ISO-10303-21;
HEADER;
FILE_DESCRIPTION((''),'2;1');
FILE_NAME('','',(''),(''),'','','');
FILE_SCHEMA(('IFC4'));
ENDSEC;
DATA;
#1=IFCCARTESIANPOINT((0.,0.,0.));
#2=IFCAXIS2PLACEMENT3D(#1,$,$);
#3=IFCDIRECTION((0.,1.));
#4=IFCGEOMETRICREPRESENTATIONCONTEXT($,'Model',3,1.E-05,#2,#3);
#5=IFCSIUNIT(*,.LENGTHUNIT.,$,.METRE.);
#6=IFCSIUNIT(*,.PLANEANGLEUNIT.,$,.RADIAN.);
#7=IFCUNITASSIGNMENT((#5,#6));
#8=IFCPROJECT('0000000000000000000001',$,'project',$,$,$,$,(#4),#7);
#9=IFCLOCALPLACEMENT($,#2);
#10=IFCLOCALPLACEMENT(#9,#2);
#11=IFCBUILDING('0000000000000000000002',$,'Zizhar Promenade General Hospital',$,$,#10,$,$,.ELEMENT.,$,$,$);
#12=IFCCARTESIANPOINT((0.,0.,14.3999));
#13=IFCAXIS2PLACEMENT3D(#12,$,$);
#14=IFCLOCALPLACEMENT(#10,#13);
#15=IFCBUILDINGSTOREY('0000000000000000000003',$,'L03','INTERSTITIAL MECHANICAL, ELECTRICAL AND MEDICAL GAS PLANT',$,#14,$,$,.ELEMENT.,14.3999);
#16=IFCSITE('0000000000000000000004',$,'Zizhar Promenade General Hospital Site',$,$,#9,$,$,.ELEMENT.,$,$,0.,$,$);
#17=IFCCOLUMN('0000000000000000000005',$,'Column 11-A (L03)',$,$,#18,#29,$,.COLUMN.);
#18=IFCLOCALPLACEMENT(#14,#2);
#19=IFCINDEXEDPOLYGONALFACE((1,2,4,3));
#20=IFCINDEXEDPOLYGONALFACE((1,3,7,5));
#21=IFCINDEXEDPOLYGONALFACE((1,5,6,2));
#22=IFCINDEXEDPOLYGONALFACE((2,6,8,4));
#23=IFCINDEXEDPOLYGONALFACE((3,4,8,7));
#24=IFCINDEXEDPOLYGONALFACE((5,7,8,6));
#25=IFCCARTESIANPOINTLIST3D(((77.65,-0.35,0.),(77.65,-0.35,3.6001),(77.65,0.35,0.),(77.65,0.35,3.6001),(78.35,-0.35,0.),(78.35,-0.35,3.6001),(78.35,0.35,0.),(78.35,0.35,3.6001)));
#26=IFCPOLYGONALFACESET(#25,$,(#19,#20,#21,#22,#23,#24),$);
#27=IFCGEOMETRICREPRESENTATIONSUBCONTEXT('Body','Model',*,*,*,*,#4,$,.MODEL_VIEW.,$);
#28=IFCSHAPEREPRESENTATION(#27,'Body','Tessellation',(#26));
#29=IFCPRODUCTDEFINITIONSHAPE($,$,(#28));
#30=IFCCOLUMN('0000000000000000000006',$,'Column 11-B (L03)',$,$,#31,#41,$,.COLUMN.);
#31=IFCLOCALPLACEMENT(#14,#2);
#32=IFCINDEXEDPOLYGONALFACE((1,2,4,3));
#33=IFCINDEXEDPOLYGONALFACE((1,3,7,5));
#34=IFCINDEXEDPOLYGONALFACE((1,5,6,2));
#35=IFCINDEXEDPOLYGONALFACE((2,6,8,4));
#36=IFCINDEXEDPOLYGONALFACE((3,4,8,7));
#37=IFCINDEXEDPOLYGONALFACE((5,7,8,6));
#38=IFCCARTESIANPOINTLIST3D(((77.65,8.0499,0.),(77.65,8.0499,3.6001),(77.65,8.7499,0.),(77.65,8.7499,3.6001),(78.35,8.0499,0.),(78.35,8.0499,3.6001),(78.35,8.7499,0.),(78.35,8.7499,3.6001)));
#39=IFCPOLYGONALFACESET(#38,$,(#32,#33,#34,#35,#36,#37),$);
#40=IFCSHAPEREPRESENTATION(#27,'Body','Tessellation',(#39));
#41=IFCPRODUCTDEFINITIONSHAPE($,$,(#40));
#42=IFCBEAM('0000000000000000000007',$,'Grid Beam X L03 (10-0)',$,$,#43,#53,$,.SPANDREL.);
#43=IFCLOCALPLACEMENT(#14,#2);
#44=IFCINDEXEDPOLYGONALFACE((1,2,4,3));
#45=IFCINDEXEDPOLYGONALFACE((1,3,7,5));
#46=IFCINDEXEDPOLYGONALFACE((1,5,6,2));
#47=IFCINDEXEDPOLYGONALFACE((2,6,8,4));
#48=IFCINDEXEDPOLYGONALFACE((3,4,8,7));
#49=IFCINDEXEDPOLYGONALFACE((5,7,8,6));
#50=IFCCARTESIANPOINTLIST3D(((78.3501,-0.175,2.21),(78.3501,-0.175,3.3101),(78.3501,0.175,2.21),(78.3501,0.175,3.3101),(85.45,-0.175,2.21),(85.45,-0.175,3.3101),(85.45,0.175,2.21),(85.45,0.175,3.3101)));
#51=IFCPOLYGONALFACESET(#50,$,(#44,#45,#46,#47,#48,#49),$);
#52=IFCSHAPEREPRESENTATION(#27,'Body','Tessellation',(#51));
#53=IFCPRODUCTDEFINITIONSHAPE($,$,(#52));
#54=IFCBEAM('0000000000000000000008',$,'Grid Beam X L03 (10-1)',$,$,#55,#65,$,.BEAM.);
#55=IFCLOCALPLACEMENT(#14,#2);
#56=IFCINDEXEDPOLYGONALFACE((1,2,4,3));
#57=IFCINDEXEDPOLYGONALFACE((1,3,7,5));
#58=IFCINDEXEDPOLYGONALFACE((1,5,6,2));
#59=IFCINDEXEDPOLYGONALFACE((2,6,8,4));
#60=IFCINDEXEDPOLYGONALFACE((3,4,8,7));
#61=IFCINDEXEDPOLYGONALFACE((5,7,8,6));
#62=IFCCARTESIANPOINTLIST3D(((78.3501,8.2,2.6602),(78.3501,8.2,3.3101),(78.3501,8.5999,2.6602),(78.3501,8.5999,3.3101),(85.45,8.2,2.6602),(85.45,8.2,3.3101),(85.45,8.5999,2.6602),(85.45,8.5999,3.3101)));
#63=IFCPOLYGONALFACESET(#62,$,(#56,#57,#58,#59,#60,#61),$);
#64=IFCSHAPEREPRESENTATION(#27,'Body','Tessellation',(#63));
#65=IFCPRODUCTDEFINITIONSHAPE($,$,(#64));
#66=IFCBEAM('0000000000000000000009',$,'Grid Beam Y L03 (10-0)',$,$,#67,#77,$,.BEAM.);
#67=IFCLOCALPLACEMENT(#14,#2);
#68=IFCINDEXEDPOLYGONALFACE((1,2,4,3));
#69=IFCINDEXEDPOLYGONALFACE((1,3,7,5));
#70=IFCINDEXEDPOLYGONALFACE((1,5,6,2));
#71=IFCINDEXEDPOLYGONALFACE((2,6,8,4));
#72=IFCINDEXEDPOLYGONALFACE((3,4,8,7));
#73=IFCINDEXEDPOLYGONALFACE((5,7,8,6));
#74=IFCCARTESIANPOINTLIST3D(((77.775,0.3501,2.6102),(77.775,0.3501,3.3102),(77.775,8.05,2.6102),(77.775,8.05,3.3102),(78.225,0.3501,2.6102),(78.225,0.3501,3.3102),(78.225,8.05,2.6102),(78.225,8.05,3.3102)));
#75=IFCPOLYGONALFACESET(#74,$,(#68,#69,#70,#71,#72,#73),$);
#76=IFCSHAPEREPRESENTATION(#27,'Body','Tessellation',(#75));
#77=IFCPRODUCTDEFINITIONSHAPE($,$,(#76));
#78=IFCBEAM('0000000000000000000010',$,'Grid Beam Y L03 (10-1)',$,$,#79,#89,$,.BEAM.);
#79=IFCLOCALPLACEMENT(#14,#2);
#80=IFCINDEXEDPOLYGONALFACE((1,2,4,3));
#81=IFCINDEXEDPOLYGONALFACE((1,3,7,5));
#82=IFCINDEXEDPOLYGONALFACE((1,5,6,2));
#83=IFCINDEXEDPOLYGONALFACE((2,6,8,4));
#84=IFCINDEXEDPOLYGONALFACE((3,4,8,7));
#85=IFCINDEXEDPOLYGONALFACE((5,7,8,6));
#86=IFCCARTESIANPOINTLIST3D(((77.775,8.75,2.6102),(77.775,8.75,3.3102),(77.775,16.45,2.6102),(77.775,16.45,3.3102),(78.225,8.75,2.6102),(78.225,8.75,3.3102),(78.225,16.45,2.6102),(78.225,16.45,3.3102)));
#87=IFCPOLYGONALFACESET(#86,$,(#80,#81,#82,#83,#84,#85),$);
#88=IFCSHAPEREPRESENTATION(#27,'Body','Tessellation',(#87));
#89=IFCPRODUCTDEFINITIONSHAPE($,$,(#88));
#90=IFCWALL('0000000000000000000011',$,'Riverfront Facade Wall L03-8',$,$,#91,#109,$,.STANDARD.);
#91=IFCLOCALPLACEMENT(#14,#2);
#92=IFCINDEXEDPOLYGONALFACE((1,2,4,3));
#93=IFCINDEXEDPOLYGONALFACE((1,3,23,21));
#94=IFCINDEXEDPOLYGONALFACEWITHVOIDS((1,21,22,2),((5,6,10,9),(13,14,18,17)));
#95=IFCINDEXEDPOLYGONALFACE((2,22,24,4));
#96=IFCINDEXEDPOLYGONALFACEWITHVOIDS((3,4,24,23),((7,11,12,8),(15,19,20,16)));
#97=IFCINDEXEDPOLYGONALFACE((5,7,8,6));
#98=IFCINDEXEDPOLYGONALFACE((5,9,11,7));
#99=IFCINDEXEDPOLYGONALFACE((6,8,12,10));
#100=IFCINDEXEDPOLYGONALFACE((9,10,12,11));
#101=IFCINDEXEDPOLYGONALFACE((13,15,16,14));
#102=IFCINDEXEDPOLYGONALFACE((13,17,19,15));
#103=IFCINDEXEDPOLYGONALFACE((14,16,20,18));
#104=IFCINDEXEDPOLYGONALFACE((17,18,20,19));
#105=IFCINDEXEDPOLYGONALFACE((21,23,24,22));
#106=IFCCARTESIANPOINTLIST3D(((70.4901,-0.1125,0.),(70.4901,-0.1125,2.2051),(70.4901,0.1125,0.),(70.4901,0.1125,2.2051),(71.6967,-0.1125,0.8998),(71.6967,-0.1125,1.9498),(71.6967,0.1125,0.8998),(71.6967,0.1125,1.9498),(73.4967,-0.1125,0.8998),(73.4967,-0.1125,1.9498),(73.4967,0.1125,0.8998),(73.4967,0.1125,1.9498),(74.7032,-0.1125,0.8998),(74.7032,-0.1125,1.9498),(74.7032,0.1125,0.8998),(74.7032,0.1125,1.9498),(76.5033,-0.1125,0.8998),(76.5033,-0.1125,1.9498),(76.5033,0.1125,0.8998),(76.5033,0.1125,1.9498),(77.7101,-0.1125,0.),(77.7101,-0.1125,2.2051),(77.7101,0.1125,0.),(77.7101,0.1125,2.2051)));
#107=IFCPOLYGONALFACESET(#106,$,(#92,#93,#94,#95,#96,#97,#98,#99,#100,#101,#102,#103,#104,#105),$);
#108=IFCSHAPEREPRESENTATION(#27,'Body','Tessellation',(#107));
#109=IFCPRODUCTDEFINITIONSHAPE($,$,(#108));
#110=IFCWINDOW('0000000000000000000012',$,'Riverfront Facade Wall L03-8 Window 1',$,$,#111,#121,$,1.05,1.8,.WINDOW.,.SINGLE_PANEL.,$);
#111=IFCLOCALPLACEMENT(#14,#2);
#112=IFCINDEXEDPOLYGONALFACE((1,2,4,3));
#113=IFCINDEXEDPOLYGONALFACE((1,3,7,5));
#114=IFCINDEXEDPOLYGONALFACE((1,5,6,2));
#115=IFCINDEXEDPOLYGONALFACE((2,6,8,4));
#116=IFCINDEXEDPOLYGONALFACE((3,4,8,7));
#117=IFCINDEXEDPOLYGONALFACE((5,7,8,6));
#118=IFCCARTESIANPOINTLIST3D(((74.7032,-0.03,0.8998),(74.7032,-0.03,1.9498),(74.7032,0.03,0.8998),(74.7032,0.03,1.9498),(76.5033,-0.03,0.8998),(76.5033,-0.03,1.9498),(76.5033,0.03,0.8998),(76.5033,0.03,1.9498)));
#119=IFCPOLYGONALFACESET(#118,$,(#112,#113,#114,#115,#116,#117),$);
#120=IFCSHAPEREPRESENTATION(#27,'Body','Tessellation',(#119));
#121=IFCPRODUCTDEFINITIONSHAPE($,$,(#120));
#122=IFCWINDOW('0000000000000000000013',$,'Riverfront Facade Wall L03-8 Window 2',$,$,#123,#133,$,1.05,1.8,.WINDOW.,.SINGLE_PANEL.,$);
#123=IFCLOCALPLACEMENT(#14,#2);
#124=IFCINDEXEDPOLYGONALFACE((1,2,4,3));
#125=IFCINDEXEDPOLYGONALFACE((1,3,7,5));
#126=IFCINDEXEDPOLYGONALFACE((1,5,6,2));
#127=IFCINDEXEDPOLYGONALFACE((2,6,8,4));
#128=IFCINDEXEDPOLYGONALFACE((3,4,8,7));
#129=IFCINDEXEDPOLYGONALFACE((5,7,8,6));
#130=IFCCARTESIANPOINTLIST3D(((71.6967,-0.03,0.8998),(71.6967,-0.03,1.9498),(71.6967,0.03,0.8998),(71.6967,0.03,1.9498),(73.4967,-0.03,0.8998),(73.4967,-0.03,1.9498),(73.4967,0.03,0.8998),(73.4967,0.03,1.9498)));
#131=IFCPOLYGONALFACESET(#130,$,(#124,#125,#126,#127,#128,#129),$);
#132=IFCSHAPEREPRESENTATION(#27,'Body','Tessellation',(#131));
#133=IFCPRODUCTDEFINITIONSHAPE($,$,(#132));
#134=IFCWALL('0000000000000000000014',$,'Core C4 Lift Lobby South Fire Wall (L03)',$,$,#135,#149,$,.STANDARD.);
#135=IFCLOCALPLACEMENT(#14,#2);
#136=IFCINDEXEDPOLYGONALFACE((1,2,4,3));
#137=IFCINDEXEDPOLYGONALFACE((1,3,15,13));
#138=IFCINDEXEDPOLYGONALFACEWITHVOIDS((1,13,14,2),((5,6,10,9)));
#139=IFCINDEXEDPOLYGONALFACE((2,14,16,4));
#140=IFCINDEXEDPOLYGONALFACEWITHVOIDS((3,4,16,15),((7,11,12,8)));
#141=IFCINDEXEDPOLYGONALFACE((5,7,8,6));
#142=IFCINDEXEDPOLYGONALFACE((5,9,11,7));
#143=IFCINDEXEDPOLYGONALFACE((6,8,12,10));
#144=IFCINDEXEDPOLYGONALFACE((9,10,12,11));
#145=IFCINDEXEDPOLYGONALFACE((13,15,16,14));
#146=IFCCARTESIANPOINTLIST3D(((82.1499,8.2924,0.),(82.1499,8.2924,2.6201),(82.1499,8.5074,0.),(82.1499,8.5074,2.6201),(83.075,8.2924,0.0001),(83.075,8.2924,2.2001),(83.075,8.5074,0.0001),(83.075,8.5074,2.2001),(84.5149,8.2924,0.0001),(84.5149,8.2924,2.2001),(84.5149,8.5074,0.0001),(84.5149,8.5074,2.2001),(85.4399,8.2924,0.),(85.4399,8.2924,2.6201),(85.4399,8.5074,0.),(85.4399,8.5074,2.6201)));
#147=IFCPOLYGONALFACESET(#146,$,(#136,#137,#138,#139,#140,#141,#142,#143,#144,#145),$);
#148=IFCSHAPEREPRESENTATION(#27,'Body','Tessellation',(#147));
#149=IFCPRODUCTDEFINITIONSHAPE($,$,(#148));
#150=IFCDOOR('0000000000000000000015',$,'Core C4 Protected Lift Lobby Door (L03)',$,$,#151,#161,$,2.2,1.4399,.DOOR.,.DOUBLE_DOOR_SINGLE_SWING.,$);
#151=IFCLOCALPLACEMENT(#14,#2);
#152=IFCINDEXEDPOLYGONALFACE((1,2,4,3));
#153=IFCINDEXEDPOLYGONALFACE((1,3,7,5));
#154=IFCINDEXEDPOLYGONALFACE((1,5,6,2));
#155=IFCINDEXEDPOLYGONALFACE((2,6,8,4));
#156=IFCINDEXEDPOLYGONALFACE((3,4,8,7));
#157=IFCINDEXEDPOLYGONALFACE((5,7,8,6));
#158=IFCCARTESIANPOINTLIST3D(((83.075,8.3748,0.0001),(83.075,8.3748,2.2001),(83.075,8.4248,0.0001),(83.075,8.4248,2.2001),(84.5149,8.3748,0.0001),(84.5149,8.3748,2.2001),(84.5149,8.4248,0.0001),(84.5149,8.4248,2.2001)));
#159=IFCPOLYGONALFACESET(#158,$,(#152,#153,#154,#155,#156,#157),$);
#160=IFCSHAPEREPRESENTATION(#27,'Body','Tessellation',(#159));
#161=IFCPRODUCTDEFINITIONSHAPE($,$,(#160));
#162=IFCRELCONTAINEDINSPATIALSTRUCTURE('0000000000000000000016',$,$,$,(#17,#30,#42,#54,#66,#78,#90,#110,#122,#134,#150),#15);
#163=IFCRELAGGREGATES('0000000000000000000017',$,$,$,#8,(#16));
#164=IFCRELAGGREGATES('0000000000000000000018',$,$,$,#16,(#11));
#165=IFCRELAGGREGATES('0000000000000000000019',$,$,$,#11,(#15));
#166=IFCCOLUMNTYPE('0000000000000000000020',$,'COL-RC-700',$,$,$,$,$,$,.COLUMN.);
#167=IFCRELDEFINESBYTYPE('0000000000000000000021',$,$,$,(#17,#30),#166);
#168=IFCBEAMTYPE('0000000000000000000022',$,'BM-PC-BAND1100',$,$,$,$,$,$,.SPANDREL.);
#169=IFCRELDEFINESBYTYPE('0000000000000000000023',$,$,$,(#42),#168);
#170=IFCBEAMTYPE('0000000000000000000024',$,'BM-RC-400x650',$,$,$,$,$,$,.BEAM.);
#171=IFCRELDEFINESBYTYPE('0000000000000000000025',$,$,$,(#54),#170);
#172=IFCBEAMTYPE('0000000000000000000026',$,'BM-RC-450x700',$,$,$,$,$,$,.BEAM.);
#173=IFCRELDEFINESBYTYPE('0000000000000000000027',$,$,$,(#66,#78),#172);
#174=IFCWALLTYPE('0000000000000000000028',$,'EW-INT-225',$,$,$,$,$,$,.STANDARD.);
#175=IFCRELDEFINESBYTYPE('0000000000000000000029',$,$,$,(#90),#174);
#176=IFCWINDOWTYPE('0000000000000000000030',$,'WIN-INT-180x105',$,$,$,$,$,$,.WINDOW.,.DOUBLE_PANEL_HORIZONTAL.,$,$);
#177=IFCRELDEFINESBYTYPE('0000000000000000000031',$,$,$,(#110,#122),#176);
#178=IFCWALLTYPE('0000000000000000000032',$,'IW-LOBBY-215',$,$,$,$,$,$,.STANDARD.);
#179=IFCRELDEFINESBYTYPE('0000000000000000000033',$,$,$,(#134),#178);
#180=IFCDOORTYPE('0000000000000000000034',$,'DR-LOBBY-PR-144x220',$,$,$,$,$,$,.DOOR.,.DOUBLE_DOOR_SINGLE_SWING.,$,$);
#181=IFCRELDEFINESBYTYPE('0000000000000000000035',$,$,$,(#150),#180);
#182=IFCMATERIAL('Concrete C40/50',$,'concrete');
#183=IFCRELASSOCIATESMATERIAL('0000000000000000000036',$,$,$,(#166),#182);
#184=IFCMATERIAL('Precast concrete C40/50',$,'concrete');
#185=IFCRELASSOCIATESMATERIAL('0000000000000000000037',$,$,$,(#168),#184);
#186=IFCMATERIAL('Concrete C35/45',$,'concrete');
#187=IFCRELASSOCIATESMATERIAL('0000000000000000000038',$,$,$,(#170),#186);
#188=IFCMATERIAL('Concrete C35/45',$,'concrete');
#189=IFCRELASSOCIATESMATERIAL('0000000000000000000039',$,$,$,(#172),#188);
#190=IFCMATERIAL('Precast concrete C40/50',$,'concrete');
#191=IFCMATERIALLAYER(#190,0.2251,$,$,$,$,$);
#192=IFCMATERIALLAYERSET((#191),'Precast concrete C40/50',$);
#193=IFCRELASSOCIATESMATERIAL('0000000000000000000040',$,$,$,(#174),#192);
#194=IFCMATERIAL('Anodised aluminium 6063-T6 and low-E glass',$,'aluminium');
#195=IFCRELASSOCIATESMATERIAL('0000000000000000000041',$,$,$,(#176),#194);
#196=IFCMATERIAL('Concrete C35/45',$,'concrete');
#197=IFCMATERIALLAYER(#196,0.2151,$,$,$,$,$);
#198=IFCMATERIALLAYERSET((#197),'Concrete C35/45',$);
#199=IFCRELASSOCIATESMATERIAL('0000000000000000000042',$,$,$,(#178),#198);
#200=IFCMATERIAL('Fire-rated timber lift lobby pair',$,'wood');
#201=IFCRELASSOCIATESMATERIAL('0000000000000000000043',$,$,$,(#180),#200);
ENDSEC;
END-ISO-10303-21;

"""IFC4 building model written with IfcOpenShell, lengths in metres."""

from ifc_helpers import new_model, si_unit, direction, frame, frame_2d, origin, origin_2d, place, context, subcontext, project, spatial, rectangle, extrude, material, layer, layer_set, material_profile, profile_set, type_object, element, fill, save


model = new_model("IFC4")

# Units and contexts
model_context = context("Model", 3, precision=1e-05, world=origin(), true_north=direction((0.0, 1.0)))
body_context = subcontext(model_context, "Body", "Model", "MODEL_VIEW")
ifc_project = project(units=[si_unit("LENGTHUNIT", "METRE"), si_unit("PLANEANGLEUNIT", "RADIAN")], contexts=[model_context])

# Site, building, storey
site_placement = place(None, origin())
site = spatial("IfcSite", under=ifc_project, at=site_placement, Name="Zizhar Promenade General Hospital Site", CompositionType="ELEMENT", RefElevation=0.0)
building_placement = place(site_placement, origin())
building = spatial("IfcBuilding", under=site, at=building_placement, Name="Zizhar Promenade General Hospital", CompositionType="ELEMENT")
storey_placement = place(building_placement, frame((0.0, 0.0, 14.3999)))
storey = spatial("IfcBuildingStorey", under=building, at=storey_placement, Name="L03", Description="INTERSTITIAL MECHANICAL, ELECTRICAL AND MEDICAL GAS PLANT", CompositionType="ELEMENT", Elevation=14.3999)

# Columns
ifc_material_1 = material(Name="Concrete C40/50", Category="concrete")
ifc_material_profile_1 = material_profile(ifc_material_1, rectangle(XDim=0.7, YDim=0.7, at=origin_2d()))
ifc_profile_set_1 = profile_set([ifc_material_profile_1], Name="Concrete C40/50")
column_type = type_object("IfcColumnType", Name="COL-RC-700", PredefinedType="COLUMN", material=ifc_profile_set_1)
for number, where, z_axis, x_axis, name in (
    (1, (78.0, 0.0, 0.0), (0.0, 0.0, 1.0), (1.0, 0.0, 0.0), "Column 11-A (L03)"),
    (2, (78.0, 8.3999, 0.0), (0.0, 0.0, 1.0), (1.0, 0.0, 0.0), "Column 11-B (L03)"),
):
    element("IfcColumn", number, at=place(storey_placement, frame(where, z_axis=z_axis, x_axis=x_axis)), inside=storey, type_object=column_type, Name=name, PredefinedType="COLUMN", context=body_context, shape_type="SweptSolid", body=[
        extrude(rectangle(XDim=0.7, YDim=0.7, at=origin_2d()), origin(), (0.0, 0.0, 1.0), 3.6001),
    ])

# Beams
ifc_material_2 = material(Name="Precast concrete C40/50", Category="concrete")
ifc_material_profile_2 = material_profile(ifc_material_2, rectangle(XDim=0.3501, YDim=1.1001, at=origin_2d()))
ifc_profile_set_2 = profile_set([ifc_material_profile_2], Name="Precast concrete C40/50")
beam_type_1 = type_object("IfcBeamType", Name="BM-PC-BAND1100", PredefinedType="SPANDREL", material=ifc_profile_set_2)
beam_1_placement = place(storey_placement, frame((78.3501, 0.0, 2.76), z_axis=(1.0, 0.0, 0.0), x_axis=(0.0, 1.0, 0.0)))
element("IfcBeam", 3, at=beam_1_placement, inside=storey, type_object=beam_type_1, Name="Grid Beam X L03 (10-0)", PredefinedType="SPANDREL", context=body_context, shape_type="SweptSolid", body=[
    extrude(rectangle(XDim=0.3501, YDim=1.1001, at=origin_2d()), origin(), (0.0, 0.0, 1.0), 7.0999),
])
ifc_material_3 = material(Name="Concrete C35/45", Category="concrete")
ifc_material_profile_3 = material_profile(ifc_material_3, rectangle(XDim=0.3999, YDim=0.6499, at=origin_2d()))
ifc_profile_set_3 = profile_set([ifc_material_profile_3], Name="Concrete C35/45")
beam_type_2 = type_object("IfcBeamType", Name="BM-RC-400x650", PredefinedType="BEAM", material=ifc_profile_set_3)
beam_2_placement = place(storey_placement, frame((78.3501, 8.3999, 2.9851), z_axis=(1.0, 0.0, 0.0), x_axis=(0.0, 1.0, 0.0)))
element("IfcBeam", 4, at=beam_2_placement, inside=storey, type_object=beam_type_2, Name="Grid Beam X L03 (10-1)", PredefinedType="BEAM", context=body_context, shape_type="SweptSolid", body=[
    extrude(rectangle(XDim=0.3999, YDim=0.6499, at=origin_2d()), origin(), (0.0, 0.0, 1.0), 7.0999),
])
ifc_material_4 = material(Name="Concrete C35/45", Category="concrete")
ifc_material_profile_4 = material_profile(ifc_material_4, rectangle(XDim=0.45, YDim=0.7, at=origin_2d()))
ifc_profile_set_4 = profile_set([ifc_material_profile_4], Name="Concrete C35/45")
beam_type_3 = type_object("IfcBeamType", Name="BM-RC-450x700", PredefinedType="BEAM", material=ifc_profile_set_4)
for number, where, z_axis, x_axis, name in (
    (5, (78.0, 0.3501, 2.9602), (0.0, 1.0, 0.0), (-1.0, 0.0, 0.0), "Grid Beam Y L03 (10-0)"),
    (6, (78.0, 8.75, 2.9602), (0.0, 1.0, 0.0), (-1.0, 0.0, 0.0), "Grid Beam Y L03 (10-1)"),
):
    element("IfcBeam", number, at=place(storey_placement, frame(where, z_axis=z_axis, x_axis=x_axis)), inside=storey, type_object=beam_type_3, Name=name, PredefinedType="BEAM", context=body_context, shape_type="SweptSolid", body=[
        extrude(rectangle(XDim=0.45, YDim=0.7, at=origin_2d()), origin(), (0.0, 0.0, 1.0), 7.7),
    ])

# Wall, openings, windows
ifc_material_5 = material(Name="Precast concrete C40/50", Category="concrete")
ifc_layer_1 = layer(ifc_material_5, 0.2251)
ifc_layer_set_1 = layer_set([ifc_layer_1], Name="Precast concrete C40/50")
wall_type_1 = type_object("IfcWallType", Name="EW-INT-225", PredefinedType="STANDARD", material=ifc_layer_set_1)
wall_1_placement = place(storey_placement, frame((77.71, 0.0, 0.0), z_axis=(0.0, 0.0, 1.0), x_axis=(-1.0, 0.0, 0.0)))
wall_1 = element("IfcWall", 7, at=wall_1_placement, inside=storey, type_object=wall_type_1, Name="Riverfront Facade Wall L03-8", PredefinedType="STANDARD", context=body_context, shape_type="SweptSolid", body=[
    extrude(rectangle(XDim=7.22, YDim=0.2251, at=frame_2d((3.6099, 0.0))), origin(), (0.0, 0.0, 1.0), 2.2051),
])
opening_1_placement = place(wall_1_placement, frame((1.2068, 0.0, 0.8999)))
opening_1 = element("IfcOpeningElement", 8, at=opening_1_placement, cuts=wall_1, PredefinedType="OPENING", context=body_context, shape_type="SweptSolid", body=[
    extrude(rectangle(XDim=1.8, YDim=1.05, at=frame_2d((0.8999, 0.5249))), frame((0.0, 0.1226, 0.0), z_axis=(0.0, -1.0, 0.0), x_axis=(1.0, 0.0, 0.0)), (0.0, 0.0, 1.0), 0.2451),
])
opening_2_placement = place(wall_1_placement, frame((4.2134, 0.0, 0.8999)))
opening_2 = element("IfcOpeningElement", 9, at=opening_2_placement, cuts=wall_1, PredefinedType="OPENING", context=body_context, shape_type="SweptSolid", body=[
    extrude(rectangle(XDim=1.8, YDim=1.05, at=frame_2d((0.8999, 0.5249))), frame((0.0, 0.1226, 0.0), z_axis=(0.0, -1.0, 0.0), x_axis=(1.0, 0.0, 0.0)), (0.0, 0.0, 1.0), 0.2451),
])
ifc_material_6 = material(Name="Anodised aluminium 6063-T6 and low-E glass", Category="aluminium")
window_type = type_object("IfcWindowType", Name="WIN-INT-180x105", PartitioningType="DOUBLE_PANEL_HORIZONTAL", PredefinedType="WINDOW", material=ifc_material_6)
window_1_placement = place(opening_1_placement, origin())
window_1 = element("IfcWindow", 10, at=window_1_placement, inside=storey, type_object=window_type, Name="Riverfront Facade Wall L03-8 Window 1", OverallHeight=1.05, OverallWidth=1.8, PartitioningType="SINGLE_PANEL", PredefinedType="WINDOW", context=body_context, shape_type="SweptSolid", body=[
    extrude(rectangle(XDim=1.8, YDim=1.05, at=frame_2d((0.8999, 0.5249))), frame((0.0, 0.03, 0.0), z_axis=(0.0, -1.0, 0.0), x_axis=(1.0, 0.0, 0.0)), (0.0, 0.0, 1.0), 0.0601),
])
fill(opening_1, window_1)
window_2_placement = place(opening_2_placement, origin())
window_2 = element("IfcWindow", 11, at=window_2_placement, inside=storey, type_object=window_type, Name="Riverfront Facade Wall L03-8 Window 2", OverallHeight=1.05, OverallWidth=1.8, PartitioningType="SINGLE_PANEL", PredefinedType="WINDOW", context=body_context, shape_type="SweptSolid", body=[
    extrude(rectangle(XDim=1.8, YDim=1.05, at=frame_2d((0.8999, 0.5249))), frame((0.0, 0.03, 0.0), z_axis=(0.0, -1.0, 0.0), x_axis=(1.0, 0.0, 0.0)), (0.0, 0.0, 1.0), 0.0601),
])
fill(opening_2, window_2)

# Wall, opening, door
ifc_material_7 = material(Name="Concrete C35/45", Category="concrete")
ifc_layer_2 = layer(ifc_material_7, 0.2151)
ifc_layer_set_2 = layer_set([ifc_layer_2], Name="Concrete C35/45")
wall_type_2 = type_object("IfcWallType", Name="IW-LOBBY-215", PredefinedType="STANDARD", material=ifc_layer_set_2)
wall_2_placement = place(storey_placement, frame((82.1499, 8.3999, 0.0), z_axis=(0.0, 0.0, 1.0), x_axis=(1.0, 0.0, 0.0)))
wall_2 = element("IfcWall", 12, at=wall_2_placement, inside=storey, type_object=wall_type_2, Name="Core C4 Lift Lobby South Fire Wall (L03)", PredefinedType="STANDARD", context=body_context, shape_type="SweptSolid", body=[
    extrude(rectangle(XDim=3.29, YDim=0.2151, at=frame_2d((1.645, 0.0))), origin(), (0.0, 0.0, 1.0), 2.6201),
])
opening_3_placement = place(wall_2_placement, frame((0.925, 0.0, 0.0)))
opening_3 = element("IfcOpeningElement", 13, at=opening_3_placement, cuts=wall_2, PredefinedType="OPENING", context=body_context, shape_type="SweptSolid", body=[
    extrude(rectangle(XDim=1.4399, YDim=2.2, at=frame_2d((0.72, 1.1001))), frame((0.0, 0.1177, 0.0), z_axis=(0.0, -1.0, 0.0), x_axis=(1.0, 0.0, 0.0)), (0.0, 0.0, 1.0), 0.2351),
])
ifc_material_8 = material(Name="Fire-rated timber lift lobby pair", Category="wood")
door_type_1 = type_object("IfcDoorType", Name="DR-LOBBY-PR-144x220", OperationType="DOUBLE_DOOR_SINGLE_SWING", PredefinedType="DOOR", material=ifc_material_8)
door_1_placement = place(opening_3_placement, origin())
door_1 = element("IfcDoor", 14, at=door_1_placement, inside=storey, type_object=door_type_1, Name="Core C4 Protected Lift Lobby Door (L03)", OperationType="DOUBLE_DOOR_SINGLE_SWING", OverallHeight=2.2, OverallWidth=1.4399, PredefinedType="DOOR", context=body_context, shape_type="SweptSolid", body=[
    extrude(rectangle(XDim=1.4399, YDim=2.2, at=frame_2d((0.72, 1.1001))), frame((0.0, 0.0249, 0.0), z_axis=(0.0, -1.0, 0.0), x_axis=(1.0, 0.0, 0.0)), (0.0, 0.0, 1.0), 0.05),
])
fill(opening_3, door_1)

save(model, "model.ifc")
